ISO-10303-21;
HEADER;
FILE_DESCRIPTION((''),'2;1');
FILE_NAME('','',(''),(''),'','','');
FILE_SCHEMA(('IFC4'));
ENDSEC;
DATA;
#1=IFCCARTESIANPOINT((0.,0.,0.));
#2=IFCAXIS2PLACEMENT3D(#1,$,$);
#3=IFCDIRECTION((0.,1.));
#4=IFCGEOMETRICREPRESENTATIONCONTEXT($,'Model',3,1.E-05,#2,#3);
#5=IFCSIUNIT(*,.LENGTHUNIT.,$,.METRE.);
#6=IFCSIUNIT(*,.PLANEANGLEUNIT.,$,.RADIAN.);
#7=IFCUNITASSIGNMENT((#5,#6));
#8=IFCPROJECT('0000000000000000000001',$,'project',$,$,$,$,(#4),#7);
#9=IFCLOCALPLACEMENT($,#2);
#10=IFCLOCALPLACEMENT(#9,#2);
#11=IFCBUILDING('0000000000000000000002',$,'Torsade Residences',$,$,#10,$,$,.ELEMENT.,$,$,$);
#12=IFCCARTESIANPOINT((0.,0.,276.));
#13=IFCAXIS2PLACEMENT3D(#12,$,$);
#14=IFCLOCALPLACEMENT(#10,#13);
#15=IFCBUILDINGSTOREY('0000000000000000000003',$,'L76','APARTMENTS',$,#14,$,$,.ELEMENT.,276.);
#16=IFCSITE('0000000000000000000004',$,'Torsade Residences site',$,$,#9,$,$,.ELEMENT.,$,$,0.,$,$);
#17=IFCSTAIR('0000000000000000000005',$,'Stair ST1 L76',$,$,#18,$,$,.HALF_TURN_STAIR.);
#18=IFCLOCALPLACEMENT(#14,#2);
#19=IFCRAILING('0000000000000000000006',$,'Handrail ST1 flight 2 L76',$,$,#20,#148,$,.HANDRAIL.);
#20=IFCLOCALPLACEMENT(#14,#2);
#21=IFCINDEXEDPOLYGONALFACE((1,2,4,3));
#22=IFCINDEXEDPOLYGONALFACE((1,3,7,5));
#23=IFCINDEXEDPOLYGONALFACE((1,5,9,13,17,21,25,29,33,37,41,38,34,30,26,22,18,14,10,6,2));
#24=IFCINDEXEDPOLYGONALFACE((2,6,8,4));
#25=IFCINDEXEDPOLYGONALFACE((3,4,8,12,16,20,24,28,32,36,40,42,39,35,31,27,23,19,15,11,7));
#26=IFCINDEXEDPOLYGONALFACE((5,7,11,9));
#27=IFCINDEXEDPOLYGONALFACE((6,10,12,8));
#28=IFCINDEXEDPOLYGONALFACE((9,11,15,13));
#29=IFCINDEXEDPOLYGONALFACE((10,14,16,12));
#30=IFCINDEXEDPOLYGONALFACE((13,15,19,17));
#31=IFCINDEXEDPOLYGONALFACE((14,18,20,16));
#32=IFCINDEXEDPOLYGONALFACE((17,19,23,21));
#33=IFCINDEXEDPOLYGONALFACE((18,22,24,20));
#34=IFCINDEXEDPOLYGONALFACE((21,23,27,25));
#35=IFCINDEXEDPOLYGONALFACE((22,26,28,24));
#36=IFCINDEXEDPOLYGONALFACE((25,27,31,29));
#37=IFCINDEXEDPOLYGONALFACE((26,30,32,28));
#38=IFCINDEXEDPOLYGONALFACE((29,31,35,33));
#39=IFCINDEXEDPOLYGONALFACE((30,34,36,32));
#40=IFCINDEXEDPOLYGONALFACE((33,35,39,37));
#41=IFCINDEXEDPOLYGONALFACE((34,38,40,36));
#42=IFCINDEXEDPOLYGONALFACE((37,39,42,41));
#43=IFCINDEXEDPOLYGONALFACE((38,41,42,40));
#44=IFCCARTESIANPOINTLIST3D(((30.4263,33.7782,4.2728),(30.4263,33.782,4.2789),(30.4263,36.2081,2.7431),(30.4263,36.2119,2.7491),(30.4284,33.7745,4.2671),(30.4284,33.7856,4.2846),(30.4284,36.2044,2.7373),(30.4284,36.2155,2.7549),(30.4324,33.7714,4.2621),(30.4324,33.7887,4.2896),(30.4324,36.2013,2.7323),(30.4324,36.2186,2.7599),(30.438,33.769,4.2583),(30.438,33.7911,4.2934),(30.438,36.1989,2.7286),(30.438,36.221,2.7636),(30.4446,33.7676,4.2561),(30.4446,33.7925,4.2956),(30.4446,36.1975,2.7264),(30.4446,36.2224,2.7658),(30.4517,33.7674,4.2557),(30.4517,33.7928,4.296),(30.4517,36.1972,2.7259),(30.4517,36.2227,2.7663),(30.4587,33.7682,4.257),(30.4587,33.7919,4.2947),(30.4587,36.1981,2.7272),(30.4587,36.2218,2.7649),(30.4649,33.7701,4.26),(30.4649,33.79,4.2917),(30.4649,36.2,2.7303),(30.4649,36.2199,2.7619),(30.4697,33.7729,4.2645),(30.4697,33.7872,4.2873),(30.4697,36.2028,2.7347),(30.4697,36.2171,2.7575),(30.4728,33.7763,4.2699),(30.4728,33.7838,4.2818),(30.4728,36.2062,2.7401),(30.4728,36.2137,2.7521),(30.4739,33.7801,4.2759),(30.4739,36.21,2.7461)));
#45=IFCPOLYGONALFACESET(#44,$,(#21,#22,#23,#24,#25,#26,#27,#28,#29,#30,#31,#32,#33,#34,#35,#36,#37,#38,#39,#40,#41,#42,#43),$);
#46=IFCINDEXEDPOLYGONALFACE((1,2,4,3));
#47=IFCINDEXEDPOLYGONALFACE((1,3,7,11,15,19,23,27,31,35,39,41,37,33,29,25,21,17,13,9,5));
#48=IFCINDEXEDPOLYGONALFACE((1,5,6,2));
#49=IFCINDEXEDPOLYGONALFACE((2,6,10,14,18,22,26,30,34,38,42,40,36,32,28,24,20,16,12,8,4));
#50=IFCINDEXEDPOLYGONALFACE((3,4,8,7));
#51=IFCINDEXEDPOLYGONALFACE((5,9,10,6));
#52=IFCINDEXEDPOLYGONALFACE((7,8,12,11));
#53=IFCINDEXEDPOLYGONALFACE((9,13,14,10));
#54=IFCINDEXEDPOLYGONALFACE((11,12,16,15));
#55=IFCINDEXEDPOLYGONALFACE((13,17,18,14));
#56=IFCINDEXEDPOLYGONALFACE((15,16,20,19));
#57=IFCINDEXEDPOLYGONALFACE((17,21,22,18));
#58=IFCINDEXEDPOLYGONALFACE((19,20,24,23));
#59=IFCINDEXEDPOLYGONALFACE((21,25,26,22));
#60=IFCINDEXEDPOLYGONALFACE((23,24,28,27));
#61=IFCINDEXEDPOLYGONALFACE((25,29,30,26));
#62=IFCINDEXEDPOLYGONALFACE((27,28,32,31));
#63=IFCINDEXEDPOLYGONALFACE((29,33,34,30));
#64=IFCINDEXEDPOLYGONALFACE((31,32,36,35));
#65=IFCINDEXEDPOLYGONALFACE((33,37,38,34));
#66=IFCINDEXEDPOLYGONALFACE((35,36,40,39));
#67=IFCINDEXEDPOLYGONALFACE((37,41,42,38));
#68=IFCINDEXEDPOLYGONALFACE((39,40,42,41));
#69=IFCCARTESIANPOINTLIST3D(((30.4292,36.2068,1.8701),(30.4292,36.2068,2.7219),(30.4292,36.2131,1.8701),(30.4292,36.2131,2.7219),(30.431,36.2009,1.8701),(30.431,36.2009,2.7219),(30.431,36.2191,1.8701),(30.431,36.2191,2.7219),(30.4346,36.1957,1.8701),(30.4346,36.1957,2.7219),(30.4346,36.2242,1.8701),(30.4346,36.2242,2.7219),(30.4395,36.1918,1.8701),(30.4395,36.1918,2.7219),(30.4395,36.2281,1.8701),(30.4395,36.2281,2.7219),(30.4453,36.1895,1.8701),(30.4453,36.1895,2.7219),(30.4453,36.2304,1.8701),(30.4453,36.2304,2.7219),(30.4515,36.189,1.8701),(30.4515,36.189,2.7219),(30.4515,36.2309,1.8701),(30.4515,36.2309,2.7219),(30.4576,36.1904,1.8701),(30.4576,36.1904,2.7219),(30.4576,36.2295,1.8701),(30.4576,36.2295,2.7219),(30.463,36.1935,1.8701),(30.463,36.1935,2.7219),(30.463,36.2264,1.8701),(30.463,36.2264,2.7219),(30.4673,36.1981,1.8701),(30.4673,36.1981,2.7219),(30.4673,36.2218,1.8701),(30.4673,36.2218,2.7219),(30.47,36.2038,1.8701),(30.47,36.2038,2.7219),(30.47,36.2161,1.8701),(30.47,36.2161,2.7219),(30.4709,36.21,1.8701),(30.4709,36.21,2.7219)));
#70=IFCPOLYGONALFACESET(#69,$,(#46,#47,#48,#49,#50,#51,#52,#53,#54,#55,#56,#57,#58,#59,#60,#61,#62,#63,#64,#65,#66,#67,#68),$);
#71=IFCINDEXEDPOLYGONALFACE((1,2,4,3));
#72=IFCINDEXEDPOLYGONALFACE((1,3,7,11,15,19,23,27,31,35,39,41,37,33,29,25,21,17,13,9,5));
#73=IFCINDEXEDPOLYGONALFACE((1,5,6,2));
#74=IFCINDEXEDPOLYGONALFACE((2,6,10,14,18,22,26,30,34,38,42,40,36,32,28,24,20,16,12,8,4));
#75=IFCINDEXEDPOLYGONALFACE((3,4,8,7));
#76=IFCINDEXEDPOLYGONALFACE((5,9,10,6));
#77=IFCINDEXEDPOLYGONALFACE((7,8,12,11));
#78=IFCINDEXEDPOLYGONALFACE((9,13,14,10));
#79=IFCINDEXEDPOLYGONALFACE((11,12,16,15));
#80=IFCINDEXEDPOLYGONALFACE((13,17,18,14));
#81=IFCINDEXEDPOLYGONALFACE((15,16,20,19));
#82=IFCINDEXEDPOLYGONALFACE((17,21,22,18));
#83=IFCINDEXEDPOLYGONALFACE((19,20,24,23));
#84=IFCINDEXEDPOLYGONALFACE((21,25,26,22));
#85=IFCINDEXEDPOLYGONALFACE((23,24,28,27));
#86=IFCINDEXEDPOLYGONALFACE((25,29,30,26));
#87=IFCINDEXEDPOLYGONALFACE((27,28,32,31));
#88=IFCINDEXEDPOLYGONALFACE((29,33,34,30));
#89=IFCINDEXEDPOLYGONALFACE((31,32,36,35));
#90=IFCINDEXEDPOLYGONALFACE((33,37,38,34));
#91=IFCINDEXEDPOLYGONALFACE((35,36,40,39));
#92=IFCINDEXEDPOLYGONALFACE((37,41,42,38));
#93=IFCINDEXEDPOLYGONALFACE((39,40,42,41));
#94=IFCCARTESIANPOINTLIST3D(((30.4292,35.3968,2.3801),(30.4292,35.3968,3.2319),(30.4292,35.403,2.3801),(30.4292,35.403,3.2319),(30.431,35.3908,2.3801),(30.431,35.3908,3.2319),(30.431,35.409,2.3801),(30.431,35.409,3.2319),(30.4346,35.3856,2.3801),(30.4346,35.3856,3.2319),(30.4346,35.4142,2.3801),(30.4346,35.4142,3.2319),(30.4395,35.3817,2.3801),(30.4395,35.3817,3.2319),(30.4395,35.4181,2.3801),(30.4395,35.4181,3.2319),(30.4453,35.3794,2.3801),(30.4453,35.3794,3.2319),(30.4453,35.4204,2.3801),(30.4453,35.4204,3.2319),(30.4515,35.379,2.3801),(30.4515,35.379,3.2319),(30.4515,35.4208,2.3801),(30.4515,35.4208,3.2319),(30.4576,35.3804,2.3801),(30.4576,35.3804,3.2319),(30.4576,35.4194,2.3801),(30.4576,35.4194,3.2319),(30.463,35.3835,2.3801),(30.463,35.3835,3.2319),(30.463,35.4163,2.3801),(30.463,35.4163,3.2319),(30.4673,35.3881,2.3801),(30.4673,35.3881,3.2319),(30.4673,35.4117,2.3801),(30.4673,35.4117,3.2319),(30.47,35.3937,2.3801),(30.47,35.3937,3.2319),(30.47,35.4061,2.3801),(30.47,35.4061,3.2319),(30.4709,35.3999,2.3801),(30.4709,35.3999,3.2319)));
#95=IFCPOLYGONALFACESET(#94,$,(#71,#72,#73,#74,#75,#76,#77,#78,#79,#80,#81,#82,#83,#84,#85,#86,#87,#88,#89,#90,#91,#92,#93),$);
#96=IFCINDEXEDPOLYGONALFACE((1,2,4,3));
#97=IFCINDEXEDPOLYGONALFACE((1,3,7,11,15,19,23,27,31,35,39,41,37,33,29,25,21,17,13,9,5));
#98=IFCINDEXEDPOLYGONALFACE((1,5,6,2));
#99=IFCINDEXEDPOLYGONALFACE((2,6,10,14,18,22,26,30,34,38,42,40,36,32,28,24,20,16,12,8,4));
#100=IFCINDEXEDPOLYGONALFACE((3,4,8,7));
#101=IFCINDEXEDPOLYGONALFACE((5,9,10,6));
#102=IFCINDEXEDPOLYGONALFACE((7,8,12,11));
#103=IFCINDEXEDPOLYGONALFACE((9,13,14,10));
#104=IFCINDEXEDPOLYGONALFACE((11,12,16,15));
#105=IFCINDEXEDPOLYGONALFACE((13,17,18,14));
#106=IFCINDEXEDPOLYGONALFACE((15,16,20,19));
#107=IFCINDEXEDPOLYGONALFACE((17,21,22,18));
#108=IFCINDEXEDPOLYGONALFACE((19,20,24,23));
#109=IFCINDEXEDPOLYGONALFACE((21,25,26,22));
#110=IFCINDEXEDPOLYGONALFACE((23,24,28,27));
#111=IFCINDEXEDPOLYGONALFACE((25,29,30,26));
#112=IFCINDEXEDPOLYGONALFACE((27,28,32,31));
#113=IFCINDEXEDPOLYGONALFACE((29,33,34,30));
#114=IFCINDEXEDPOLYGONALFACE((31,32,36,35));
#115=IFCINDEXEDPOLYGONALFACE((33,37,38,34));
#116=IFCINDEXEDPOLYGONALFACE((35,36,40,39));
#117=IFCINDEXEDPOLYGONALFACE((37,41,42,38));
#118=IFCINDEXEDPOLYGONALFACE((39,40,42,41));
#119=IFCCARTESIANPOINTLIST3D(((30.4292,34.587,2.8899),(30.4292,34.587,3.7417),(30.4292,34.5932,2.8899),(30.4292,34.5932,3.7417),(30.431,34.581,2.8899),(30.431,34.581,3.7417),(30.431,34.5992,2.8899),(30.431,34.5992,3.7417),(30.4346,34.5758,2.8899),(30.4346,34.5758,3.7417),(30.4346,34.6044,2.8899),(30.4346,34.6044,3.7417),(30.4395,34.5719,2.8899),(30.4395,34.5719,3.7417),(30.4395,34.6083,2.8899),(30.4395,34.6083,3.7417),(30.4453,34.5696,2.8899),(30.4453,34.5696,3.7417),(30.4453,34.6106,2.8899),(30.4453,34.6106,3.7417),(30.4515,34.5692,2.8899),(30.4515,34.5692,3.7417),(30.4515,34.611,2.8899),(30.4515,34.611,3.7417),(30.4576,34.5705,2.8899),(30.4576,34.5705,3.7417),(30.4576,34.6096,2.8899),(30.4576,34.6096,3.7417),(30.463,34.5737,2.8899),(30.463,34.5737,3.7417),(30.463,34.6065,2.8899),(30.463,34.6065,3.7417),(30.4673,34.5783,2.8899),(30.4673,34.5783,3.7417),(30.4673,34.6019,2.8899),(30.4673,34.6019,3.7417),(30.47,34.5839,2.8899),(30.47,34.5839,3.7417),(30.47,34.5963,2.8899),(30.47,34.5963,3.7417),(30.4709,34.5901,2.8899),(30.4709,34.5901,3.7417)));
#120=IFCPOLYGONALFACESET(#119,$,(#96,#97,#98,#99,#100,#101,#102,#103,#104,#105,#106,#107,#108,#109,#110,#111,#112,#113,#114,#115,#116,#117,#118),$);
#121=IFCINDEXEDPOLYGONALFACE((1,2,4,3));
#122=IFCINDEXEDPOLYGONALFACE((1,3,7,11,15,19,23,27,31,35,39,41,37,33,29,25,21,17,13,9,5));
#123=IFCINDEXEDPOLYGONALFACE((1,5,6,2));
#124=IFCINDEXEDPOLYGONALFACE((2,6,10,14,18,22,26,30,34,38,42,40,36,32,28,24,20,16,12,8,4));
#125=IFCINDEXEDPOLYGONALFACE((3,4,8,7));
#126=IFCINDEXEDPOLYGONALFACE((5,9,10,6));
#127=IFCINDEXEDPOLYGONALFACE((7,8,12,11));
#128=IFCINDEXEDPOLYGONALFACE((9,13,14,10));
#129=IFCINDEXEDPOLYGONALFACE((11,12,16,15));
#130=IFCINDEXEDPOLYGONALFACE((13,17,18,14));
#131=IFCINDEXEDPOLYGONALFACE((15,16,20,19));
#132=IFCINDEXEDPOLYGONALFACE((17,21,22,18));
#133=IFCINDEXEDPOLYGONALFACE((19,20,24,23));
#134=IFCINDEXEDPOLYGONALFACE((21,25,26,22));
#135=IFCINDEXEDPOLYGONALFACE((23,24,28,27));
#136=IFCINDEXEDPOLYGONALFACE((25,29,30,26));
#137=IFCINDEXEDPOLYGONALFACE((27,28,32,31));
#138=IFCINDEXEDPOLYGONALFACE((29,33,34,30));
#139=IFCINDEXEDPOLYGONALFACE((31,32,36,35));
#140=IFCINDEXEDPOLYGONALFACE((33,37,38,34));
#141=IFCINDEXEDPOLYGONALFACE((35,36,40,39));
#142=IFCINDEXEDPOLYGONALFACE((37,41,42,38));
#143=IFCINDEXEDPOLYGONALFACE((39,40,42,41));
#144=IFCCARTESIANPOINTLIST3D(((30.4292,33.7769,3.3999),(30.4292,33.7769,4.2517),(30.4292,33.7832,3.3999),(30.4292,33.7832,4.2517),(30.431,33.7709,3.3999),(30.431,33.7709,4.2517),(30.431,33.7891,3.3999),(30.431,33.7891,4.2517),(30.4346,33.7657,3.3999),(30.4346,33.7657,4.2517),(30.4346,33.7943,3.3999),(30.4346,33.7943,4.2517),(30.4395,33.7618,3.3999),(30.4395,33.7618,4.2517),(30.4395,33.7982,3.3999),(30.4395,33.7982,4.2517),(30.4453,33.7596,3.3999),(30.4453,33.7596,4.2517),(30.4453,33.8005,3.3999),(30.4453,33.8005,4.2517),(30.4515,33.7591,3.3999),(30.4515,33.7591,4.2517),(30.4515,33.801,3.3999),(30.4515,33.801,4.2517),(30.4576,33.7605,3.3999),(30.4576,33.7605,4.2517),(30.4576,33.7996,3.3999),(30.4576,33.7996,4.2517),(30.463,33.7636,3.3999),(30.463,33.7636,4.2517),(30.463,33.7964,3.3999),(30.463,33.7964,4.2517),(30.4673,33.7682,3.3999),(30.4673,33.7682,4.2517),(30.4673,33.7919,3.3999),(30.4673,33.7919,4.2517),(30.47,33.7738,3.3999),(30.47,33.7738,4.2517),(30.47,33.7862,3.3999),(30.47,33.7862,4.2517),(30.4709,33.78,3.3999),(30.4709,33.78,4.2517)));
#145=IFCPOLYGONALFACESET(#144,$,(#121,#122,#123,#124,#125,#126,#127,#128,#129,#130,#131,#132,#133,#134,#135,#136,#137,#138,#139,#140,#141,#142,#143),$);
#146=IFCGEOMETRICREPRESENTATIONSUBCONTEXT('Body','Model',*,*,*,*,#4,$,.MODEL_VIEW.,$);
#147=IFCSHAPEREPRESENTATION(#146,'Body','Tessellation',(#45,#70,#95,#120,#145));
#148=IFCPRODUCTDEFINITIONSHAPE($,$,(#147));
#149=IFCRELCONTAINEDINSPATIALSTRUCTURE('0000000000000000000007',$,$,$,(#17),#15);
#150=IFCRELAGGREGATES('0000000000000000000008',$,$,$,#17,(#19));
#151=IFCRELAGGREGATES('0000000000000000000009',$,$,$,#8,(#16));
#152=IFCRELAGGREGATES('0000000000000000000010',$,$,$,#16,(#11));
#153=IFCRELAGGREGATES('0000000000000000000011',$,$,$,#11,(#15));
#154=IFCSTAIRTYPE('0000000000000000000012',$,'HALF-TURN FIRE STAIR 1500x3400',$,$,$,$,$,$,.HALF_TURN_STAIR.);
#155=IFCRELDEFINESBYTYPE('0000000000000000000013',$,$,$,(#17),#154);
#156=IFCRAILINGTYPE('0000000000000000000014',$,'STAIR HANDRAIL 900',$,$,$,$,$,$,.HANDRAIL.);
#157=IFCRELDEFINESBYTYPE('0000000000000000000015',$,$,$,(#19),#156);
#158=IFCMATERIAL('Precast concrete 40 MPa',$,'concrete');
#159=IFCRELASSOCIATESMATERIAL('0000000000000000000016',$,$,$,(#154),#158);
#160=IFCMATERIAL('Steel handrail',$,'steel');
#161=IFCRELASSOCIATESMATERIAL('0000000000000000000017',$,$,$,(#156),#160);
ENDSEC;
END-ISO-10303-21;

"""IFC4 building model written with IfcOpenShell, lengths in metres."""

from ifc_helpers import new_model, si_unit, direction, frame, origin, origin_2d, place, context, subcontext, project, spatial, circle, extrude, material, type_object, element, aggregate, save


model = new_model("IFC4")

# Units and contexts
model_context = context("Model", 3, precision=1e-05, world=origin(), true_north=direction((0.0, 1.0)))
body_context = subcontext(model_context, "Body", "Model", "MODEL_VIEW")
ifc_project = project(units=[si_unit("LENGTHUNIT", "METRE"), si_unit("PLANEANGLEUNIT", "RADIAN")], contexts=[model_context])

# Site, building, storey
site_placement = place(None, origin())
site = spatial("IfcSite", under=ifc_project, at=site_placement, Name="Torsade Residences site", CompositionType="ELEMENT", RefElevation=0.0)
building_placement = place(site_placement, origin())
building = spatial("IfcBuilding", under=site, at=building_placement, Name="Torsade Residences", CompositionType="ELEMENT")
storey_placement = place(building_placement, frame((0.0, 0.0, 276.0)))
storey = spatial("IfcBuildingStorey", under=building, at=storey_placement, Name="L76", Description="APARTMENTS", CompositionType="ELEMENT", Elevation=276.0)

# Stair, railing
ifc_material_1 = material(Name="Precast concrete 40 MPa", Category="concrete")
stair_type = type_object("IfcStairType", Name="HALF-TURN FIRE STAIR 1500x3400", PredefinedType="HALF_TURN_STAIR", material=ifc_material_1)
stair_placement = place(storey_placement, origin())
stair = element("IfcStair", 1, at=stair_placement, inside=storey, type_object=stair_type, Name="Stair ST1 L76", PredefinedType="HALF_TURN_STAIR")
ifc_material_2 = material(Name="Steel handrail", Category="steel")
railing_type = type_object("IfcRailingType", Name="STAIR HANDRAIL 900", PredefinedType="HANDRAIL", material=ifc_material_2)
railing_1_placement = place(storey_placement, frame((30.45, 36.21, 1.8701)))
railing_1 = element("IfcRailing", 2, at=railing_1_placement, type_object=railing_type, Name="Handrail ST1 flight 2 L76", PredefinedType="HANDRAIL", context=body_context, shape_type="SweptSolid", body=[
    extrude(circle(Radius=0.0239, at=origin_2d()), frame((0.0, 0.0, 0.876), z_axis=(0.0, -0.84626, 0.53277), x_axis=(1.0, 0.0, 0.0)), (0.0, 0.0, 1.0), 2.8713),
    extrude(circle(Radius=0.021, at=origin_2d()), origin(), (0.0, 0.0, 1.0), 0.8518),
    extrude(circle(Radius=0.021, at=origin_2d()), frame((0.0, -0.8101, 0.51)), (0.0, 0.0, 1.0), 0.8518),
    extrude(circle(Radius=0.021, at=origin_2d()), frame((0.0, -1.6199, 1.0198)), (0.0, 0.0, 1.0), 0.8518),
    extrude(circle(Radius=0.021, at=origin_2d()), frame((0.0, -2.4299, 1.5298)), (0.0, 0.0, 1.0), 0.8518),
])
aggregate(stair, [railing_1])

save(model, "model.ifc")
